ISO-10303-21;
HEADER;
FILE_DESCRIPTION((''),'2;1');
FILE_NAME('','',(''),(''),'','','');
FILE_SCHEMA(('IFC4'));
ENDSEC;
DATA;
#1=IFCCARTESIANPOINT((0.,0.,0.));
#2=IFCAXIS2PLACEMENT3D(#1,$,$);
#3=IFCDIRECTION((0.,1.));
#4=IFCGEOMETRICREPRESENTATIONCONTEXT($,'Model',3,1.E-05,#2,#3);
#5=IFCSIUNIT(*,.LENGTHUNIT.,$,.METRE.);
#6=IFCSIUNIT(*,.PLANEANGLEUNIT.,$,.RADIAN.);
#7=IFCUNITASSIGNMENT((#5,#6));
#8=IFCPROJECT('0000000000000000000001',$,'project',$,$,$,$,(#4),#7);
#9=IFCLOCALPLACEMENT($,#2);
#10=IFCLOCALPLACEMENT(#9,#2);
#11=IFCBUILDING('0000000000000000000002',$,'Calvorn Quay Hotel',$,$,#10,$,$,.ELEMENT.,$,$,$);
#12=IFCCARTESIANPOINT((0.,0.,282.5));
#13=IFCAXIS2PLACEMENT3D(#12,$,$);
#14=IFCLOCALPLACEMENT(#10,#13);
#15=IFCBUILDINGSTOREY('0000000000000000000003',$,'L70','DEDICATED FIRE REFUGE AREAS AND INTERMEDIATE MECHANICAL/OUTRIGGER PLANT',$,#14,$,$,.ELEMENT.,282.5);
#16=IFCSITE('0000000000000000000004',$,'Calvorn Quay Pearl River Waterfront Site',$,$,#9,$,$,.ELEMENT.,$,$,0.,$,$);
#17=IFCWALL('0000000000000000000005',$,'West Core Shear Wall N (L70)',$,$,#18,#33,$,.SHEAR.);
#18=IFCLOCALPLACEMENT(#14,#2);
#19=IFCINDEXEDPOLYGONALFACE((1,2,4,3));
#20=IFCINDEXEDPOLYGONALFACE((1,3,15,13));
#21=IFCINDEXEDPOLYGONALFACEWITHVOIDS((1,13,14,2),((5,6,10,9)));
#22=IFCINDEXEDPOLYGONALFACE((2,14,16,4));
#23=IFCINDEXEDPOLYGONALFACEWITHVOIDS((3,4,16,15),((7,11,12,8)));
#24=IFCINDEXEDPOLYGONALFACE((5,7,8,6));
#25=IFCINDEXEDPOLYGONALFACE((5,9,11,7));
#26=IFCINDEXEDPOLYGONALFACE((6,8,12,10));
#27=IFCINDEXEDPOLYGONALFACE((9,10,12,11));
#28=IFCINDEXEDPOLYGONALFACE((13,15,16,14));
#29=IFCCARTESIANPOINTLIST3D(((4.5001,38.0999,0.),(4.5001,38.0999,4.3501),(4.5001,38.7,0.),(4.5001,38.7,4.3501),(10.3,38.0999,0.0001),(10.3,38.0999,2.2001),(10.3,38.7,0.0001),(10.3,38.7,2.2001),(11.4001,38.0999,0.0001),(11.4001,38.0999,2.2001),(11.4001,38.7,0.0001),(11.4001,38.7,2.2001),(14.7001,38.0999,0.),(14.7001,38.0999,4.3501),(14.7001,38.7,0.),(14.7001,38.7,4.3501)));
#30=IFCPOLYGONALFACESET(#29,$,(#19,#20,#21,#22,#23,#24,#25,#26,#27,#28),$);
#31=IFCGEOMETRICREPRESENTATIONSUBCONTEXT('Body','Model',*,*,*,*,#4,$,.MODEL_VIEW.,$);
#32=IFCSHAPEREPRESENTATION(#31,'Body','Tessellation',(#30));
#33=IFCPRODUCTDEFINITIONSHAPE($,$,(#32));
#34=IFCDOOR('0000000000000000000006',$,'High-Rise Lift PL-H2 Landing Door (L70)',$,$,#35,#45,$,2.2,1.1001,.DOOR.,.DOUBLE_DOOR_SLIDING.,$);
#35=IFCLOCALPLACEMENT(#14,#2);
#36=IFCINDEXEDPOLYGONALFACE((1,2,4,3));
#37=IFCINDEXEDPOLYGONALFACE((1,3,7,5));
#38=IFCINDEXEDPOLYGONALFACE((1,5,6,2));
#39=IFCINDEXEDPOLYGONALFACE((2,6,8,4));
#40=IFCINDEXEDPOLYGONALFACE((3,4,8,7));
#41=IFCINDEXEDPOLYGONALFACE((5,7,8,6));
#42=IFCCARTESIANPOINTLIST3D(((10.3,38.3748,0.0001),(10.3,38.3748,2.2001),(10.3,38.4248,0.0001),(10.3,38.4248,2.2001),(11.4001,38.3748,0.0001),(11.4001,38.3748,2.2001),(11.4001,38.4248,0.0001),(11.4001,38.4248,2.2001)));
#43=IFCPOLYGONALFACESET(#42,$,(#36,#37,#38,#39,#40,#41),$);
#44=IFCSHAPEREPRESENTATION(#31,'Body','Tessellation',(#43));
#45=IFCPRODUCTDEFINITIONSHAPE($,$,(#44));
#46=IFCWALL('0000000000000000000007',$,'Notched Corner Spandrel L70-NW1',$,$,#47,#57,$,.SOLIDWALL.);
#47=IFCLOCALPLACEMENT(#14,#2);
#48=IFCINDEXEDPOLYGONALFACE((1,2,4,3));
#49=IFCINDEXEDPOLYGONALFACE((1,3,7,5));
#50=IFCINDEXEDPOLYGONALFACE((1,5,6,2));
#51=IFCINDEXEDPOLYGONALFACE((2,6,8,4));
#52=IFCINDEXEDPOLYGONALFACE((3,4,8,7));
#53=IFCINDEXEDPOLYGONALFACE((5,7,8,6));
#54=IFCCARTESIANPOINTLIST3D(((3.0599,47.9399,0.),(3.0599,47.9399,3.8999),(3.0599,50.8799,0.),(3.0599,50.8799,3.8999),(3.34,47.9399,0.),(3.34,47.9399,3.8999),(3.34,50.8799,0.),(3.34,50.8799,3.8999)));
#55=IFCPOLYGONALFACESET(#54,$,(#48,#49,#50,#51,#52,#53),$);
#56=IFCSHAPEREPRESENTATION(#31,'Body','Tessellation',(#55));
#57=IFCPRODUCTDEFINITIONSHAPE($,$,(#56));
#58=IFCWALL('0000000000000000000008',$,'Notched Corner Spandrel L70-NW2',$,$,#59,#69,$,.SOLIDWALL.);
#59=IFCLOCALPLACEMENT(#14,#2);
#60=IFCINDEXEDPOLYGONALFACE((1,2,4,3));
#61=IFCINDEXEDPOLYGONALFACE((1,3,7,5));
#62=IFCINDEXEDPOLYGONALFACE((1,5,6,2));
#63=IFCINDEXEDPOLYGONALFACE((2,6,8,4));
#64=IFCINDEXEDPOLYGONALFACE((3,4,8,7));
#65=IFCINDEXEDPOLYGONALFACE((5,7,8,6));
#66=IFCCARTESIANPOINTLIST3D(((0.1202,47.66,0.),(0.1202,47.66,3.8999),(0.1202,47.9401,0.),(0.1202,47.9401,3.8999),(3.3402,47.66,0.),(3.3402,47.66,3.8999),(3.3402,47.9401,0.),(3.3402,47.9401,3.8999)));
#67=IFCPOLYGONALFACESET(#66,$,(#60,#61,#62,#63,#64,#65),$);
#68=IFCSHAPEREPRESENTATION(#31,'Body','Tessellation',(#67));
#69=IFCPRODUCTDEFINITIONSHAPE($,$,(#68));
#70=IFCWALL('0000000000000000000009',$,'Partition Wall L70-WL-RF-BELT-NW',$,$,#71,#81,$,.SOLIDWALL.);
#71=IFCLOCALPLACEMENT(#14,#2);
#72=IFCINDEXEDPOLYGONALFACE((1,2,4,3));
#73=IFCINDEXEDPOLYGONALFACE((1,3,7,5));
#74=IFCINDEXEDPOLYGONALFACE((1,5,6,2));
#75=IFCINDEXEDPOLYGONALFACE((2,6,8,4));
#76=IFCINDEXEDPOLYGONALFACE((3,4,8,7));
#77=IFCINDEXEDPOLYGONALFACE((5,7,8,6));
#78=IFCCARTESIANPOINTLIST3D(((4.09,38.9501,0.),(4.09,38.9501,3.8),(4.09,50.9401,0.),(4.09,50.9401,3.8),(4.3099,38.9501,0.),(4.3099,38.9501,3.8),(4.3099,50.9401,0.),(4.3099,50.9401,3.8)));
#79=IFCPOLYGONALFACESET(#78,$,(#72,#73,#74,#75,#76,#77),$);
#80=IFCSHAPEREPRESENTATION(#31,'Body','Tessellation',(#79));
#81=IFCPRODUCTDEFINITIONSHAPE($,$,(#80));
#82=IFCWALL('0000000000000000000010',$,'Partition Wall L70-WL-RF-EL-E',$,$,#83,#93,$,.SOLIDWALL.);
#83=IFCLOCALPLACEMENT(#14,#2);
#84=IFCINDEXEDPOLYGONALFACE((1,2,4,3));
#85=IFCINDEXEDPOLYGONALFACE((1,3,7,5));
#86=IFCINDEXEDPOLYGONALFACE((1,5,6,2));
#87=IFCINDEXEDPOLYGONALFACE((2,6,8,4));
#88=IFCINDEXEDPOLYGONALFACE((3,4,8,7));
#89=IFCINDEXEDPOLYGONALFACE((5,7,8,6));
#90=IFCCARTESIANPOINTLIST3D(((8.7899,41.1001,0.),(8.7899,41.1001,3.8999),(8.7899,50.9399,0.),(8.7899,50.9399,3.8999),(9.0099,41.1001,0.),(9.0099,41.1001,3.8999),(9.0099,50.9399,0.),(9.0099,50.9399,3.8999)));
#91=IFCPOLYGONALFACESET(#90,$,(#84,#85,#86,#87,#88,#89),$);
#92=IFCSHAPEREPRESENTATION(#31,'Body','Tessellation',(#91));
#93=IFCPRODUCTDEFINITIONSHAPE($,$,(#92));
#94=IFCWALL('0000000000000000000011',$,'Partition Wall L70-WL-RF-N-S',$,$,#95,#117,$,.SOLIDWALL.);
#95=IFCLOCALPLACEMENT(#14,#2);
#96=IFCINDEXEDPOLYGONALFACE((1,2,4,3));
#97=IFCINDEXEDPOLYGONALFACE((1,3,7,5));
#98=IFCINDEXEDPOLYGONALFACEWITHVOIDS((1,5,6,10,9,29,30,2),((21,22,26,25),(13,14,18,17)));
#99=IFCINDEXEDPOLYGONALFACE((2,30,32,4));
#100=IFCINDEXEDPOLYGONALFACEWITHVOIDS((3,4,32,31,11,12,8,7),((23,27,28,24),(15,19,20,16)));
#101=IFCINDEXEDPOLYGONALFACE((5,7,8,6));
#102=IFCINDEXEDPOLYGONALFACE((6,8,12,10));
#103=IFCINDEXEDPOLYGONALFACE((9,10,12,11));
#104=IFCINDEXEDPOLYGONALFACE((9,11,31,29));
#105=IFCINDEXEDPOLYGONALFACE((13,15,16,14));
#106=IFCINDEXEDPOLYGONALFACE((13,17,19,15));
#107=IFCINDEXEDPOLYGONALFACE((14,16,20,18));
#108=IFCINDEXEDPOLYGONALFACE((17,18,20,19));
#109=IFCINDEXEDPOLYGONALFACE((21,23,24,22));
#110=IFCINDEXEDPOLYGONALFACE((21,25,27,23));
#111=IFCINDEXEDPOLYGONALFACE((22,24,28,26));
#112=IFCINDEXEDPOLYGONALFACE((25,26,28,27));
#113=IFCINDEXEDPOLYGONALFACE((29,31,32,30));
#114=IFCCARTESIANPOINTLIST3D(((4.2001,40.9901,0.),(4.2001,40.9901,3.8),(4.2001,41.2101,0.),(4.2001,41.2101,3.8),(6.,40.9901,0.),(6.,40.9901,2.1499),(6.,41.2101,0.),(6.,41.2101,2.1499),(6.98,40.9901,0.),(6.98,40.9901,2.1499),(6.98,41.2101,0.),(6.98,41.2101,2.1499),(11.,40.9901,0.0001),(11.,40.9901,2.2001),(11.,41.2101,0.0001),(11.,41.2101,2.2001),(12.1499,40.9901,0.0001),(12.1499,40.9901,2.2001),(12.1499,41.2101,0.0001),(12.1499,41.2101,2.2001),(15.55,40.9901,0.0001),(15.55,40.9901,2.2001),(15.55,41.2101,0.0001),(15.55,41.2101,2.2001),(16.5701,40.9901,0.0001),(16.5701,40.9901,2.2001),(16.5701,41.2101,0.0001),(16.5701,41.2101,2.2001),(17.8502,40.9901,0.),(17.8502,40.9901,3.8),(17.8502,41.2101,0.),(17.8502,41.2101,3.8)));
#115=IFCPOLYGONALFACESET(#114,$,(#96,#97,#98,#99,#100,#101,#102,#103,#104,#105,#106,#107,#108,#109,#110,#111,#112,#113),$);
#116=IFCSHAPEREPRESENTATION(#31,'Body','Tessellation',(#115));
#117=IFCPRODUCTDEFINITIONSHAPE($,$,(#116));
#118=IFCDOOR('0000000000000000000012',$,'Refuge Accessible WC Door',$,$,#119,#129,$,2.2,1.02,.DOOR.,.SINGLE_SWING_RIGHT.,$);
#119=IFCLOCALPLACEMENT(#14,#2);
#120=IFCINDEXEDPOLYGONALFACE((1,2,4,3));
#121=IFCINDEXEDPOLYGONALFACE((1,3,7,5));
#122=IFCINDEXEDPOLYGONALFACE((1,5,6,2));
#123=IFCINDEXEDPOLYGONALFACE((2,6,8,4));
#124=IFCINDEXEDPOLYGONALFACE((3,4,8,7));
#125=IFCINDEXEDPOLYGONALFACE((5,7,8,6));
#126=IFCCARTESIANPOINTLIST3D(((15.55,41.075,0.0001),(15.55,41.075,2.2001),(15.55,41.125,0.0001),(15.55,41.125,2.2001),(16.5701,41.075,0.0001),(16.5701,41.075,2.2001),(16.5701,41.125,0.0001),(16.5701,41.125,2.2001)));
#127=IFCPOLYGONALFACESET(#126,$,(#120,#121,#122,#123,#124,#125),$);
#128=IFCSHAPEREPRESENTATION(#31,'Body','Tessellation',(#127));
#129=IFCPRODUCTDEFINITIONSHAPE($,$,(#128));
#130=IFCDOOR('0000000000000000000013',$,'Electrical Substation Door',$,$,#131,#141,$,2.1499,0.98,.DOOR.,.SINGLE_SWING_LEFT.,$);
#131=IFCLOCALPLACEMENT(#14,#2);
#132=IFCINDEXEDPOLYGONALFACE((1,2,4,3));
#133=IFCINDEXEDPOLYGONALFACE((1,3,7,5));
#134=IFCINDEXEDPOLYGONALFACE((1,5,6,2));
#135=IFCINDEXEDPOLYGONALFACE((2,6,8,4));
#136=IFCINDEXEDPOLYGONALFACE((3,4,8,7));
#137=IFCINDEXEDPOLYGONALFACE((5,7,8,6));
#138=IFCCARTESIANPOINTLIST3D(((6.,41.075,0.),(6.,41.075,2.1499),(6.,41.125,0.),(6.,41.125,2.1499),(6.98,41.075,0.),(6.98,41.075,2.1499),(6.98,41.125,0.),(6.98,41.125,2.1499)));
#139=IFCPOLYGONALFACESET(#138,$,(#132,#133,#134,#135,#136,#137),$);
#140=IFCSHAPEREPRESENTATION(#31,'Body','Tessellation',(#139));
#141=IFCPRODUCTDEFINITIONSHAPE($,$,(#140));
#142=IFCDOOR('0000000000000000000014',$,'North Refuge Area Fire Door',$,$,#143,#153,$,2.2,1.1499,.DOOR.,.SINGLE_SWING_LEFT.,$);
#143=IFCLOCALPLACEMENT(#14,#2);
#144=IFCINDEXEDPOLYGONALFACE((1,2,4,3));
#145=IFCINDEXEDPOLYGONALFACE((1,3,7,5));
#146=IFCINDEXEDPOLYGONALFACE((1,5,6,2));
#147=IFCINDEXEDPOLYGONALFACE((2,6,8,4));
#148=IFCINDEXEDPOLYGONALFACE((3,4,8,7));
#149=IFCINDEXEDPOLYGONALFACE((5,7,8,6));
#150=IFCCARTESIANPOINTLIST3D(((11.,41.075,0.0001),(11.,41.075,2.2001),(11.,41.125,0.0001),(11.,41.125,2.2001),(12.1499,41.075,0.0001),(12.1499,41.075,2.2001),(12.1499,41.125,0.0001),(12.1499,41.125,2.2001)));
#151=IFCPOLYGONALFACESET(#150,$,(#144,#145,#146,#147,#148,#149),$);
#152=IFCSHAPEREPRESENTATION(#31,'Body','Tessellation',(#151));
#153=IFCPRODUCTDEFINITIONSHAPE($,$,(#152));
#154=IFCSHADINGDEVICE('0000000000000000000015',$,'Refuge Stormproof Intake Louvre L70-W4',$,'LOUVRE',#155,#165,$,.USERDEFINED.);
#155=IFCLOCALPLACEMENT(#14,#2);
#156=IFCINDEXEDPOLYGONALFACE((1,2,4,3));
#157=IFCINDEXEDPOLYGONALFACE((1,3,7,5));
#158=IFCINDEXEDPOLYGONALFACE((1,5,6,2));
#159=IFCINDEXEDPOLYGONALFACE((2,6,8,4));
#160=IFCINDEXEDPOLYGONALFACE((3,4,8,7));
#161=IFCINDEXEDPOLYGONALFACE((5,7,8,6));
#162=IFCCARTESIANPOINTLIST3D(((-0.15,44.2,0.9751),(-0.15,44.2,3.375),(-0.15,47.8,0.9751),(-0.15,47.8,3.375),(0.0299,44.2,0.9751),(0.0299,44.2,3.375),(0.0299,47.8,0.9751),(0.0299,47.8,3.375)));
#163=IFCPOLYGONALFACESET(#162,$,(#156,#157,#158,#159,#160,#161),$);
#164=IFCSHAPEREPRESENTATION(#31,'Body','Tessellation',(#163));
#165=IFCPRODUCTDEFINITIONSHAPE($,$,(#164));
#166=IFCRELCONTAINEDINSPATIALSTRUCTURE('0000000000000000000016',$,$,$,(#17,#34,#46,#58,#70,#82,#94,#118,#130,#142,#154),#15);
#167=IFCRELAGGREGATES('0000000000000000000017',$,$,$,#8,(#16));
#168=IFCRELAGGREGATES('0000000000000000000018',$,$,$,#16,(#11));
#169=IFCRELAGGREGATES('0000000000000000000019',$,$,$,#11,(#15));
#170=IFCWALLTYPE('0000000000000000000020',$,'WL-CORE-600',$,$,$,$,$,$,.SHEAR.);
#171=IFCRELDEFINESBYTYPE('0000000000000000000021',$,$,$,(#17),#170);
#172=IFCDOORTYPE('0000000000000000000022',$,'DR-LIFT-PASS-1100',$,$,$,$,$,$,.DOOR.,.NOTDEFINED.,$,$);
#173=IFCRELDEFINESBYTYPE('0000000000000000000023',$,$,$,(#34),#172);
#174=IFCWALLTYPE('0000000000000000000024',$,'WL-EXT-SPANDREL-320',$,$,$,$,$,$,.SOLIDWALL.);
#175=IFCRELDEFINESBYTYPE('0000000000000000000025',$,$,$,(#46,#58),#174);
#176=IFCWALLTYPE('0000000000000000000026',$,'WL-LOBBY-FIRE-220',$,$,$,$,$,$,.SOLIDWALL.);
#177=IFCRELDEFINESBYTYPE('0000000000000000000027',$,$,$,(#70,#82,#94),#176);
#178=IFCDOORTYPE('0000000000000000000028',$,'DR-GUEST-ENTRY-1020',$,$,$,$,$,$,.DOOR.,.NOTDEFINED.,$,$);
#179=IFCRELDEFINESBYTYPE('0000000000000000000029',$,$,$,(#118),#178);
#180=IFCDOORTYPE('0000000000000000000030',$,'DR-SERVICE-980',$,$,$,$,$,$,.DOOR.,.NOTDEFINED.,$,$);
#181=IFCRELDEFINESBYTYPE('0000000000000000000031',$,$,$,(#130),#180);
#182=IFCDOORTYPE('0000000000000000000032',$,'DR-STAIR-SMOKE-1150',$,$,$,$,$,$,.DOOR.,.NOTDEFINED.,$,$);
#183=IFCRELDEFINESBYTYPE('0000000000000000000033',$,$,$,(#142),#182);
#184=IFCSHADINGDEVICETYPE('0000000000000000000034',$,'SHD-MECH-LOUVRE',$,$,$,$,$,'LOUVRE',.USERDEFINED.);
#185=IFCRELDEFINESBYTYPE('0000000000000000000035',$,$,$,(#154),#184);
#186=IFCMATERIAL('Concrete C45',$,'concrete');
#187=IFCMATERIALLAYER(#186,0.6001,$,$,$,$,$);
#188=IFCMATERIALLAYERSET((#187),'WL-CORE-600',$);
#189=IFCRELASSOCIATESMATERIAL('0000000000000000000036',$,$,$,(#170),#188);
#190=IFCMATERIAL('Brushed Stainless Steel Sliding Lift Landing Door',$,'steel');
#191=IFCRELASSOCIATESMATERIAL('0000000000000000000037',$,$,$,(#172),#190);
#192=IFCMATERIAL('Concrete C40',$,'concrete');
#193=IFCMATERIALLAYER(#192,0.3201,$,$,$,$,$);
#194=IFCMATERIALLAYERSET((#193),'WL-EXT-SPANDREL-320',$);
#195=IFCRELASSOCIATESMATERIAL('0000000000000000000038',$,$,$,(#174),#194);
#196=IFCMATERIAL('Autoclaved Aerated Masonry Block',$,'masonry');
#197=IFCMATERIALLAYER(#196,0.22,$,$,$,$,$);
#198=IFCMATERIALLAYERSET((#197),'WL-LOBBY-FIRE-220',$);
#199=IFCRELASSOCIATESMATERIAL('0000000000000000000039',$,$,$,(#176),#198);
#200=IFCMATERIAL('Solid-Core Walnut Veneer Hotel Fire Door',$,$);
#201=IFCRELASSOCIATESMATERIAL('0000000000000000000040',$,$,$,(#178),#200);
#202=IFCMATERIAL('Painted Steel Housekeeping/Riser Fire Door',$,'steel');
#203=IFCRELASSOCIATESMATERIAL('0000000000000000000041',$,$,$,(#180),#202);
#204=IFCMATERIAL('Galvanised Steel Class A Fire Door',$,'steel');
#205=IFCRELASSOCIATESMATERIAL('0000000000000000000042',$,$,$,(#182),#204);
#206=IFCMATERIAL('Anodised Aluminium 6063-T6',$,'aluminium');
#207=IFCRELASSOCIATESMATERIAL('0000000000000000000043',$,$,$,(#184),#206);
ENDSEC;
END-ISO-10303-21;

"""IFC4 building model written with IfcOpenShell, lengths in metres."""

from ifc_helpers import new_model, si_unit, direction, frame, frame_2d, origin, origin_2d, place, context, subcontext, project, spatial, rectangle, extrude, material, layer, layer_set, type_object, element, fill, save


model = new_model("IFC4")

# Units and contexts
model_context = context("Model", 3, precision=1e-05, world=origin(), true_north=direction((0.0, 1.0)))
body_context = subcontext(model_context, "Body", "Model", "MODEL_VIEW")
ifc_project = project(units=[si_unit("LENGTHUNIT", "METRE"), si_unit("PLANEANGLEUNIT", "RADIAN")], contexts=[model_context])

# Site, building, storey
site_placement = place(None, origin())
site = spatial("IfcSite", under=ifc_project, at=site_placement, Name="Calvorn Quay Pearl River Waterfront Site", CompositionType="ELEMENT", RefElevation=0.0)
building_placement = place(site_placement, origin())
building = spatial("IfcBuilding", under=site, at=building_placement, Name="Calvorn Quay Hotel", CompositionType="ELEMENT")
storey_placement = place(building_placement, frame((0.0, 0.0, 282.5)))
storey = spatial("IfcBuildingStorey", under=building, at=storey_placement, Name="L70", Description="DEDICATED FIRE REFUGE AREAS AND INTERMEDIATE MECHANICAL/OUTRIGGER PLANT", CompositionType="ELEMENT", Elevation=282.5)

# Wall, opening, door
ifc_material_1 = material(Name="Concrete C45", Category="concrete")
ifc_layer_1 = layer(ifc_material_1, 0.6001)
ifc_layer_set_1 = layer_set([ifc_layer_1], Name="WL-CORE-600")
wall_type_1 = type_object("IfcWallType", Name="WL-CORE-600", PredefinedType="SHEAR", material=ifc_layer_set_1)
wall_1_placement = place(storey_placement, frame((4.5, 38.3999, 0.0), z_axis=(0.0, 0.0, 1.0), x_axis=(1.0, 0.0, 0.0)))
wall_1 = element("IfcWall", 1, at=wall_1_placement, inside=storey, type_object=wall_type_1, Name="West Core Shear Wall N (L70)", PredefinedType="SHEAR", context=body_context, shape_type="SweptSolid", body=[
    extrude(rectangle(XDim=10.2, YDim=0.6001, at=frame_2d((5.1001, 0.0))), origin(), (0.0, 0.0, 1.0), 4.3501),
])
opening_1_placement = place(wall_1_placement, frame((5.8, 0.0, 0.0)))
opening_1 = element("IfcOpeningElement", 2, at=opening_1_placement, cuts=wall_1, PredefinedType="OPENING", context=body_context, shape_type="SweptSolid", body=[
    extrude(rectangle(XDim=1.1001, YDim=2.2, at=frame_2d((0.55, 1.1001))), frame((0.0, 0.3101, 0.0), z_axis=(0.0, -1.0, 0.0), x_axis=(1.0, 0.0, 0.0)), (0.0, 0.0, 1.0), 0.6201),
])
ifc_material_2 = material(Name="Brushed Stainless Steel Sliding Lift Landing Door", Category="steel")
door_type_1 = type_object("IfcDoorType", Name="DR-LIFT-PASS-1100", OperationType="NOTDEFINED", PredefinedType="DOOR", material=ifc_material_2)
door_1_placement = place(opening_1_placement, origin())
door_1 = element("IfcDoor", 3, at=door_1_placement, inside=storey, type_object=door_type_1, Name="High-Rise Lift PL-H2 Landing Door (L70)", OperationType="DOUBLE_DOOR_SLIDING", OverallHeight=2.2, OverallWidth=1.1001, PredefinedType="DOOR", context=body_context, shape_type="SweptSolid", body=[
    extrude(rectangle(XDim=1.1001, YDim=2.2, at=frame_2d((0.55, 1.1001))), frame((0.0, 0.0249, 0.0), z_axis=(0.0, -1.0, 0.0), x_axis=(1.0, 0.0, 0.0)), (0.0, 0.0, 1.0), 0.05),
])
fill(opening_1, door_1)

# Walls
ifc_material_3 = material(Name="Concrete C40", Category="concrete")
ifc_layer_2 = layer(ifc_material_3, 0.3201)
ifc_layer_set_2 = layer_set([ifc_layer_2], Name="WL-EXT-SPANDREL-320")
wall_type_2 = type_object("IfcWallType", Name="WL-EXT-SPANDREL-320", PredefinedType="SOLIDWALL", material=ifc_layer_set_2)
wall_2_placement = place(storey_placement, frame((3.2, 50.8799, 0.0), z_axis=(0.0, 0.0, 1.0), x_axis=(0.0, -1.0, 0.0)))
element("IfcWall", 4, at=wall_2_placement, inside=storey, type_object=wall_type_2, Name="Notched Corner Spandrel L70-NW1", PredefinedType="SOLIDWALL", context=body_context, shape_type="SweptSolid", body=[
    extrude(rectangle(XDim=2.9399, YDim=0.28, at=frame_2d((1.47, 0.0))), origin(), (0.0, 0.0, 1.0), 3.8999),
])
wall_3_placement = place(storey_placement, frame((3.3401, 47.8, 0.0), z_axis=(0.0, 0.0, 1.0), x_axis=(-1.0, 0.0, 0.0)))
element("IfcWall", 5, at=wall_3_placement, inside=storey, type_object=wall_type_2, Name="Notched Corner Spandrel L70-NW2", PredefinedType="SOLIDWALL", context=body_context, shape_type="SweptSolid", body=[
    extrude(rectangle(XDim=3.22, YDim=0.28, at=frame_2d((1.6099, 0.0))), origin(), (0.0, 0.0, 1.0), 3.8999),
])
ifc_material_4 = material(Name="Autoclaved Aerated Masonry Block", Category="masonry")
ifc_layer_3 = layer(ifc_material_4, 0.22)
ifc_layer_set_3 = layer_set([ifc_layer_3], Name="WL-LOBBY-FIRE-220")
wall_type_3 = type_object("IfcWallType", Name="WL-LOBBY-FIRE-220", PredefinedType="SOLIDWALL", material=ifc_layer_set_3)
wall_4_placement = place(storey_placement, frame((4.2, 38.95, 0.0), z_axis=(0.0, 0.0, 1.0), x_axis=(0.0, 1.0, 0.0)))
element("IfcWall", 6, at=wall_4_placement, inside=storey, type_object=wall_type_3, Name="Partition Wall L70-WL-RF-BELT-NW", PredefinedType="SOLIDWALL", context=body_context, shape_type="SweptSolid", body=[
    extrude(rectangle(XDim=11.99, YDim=0.22, at=frame_2d((5.9951, 0.0))), origin(), (0.0, 0.0, 1.0), 3.8),
])
wall_5_placement = place(storey_placement, frame((8.8999, 41.1001, 0.0), z_axis=(0.0, 0.0, 1.0), x_axis=(0.0, 1.0, 0.0)))
element("IfcWall", 7, at=wall_5_placement, inside=storey, type_object=wall_type_3, Name="Partition Wall L70-WL-RF-EL-E", PredefinedType="SOLIDWALL", context=body_context, shape_type="SweptSolid", body=[
    extrude(rectangle(XDim=9.8398, YDim=0.22, at=frame_2d((4.9199, 0.0))), origin(), (0.0, 0.0, 1.0), 3.8999),
])

# Wall, openings, doors
wall_6_placement = place(storey_placement, frame((4.2, 41.1001, 0.0), z_axis=(0.0, 0.0, 1.0), x_axis=(1.0, 0.0, 0.0)))
wall_6 = element("IfcWall", 8, at=wall_6_placement, inside=storey, type_object=wall_type_3, Name="Partition Wall L70-WL-RF-N-S", PredefinedType="SOLIDWALL", context=body_context, shape_type="SweptSolid", body=[
    extrude(rectangle(XDim=13.6501, YDim=0.22, at=frame_2d((6.8252, 0.0))), origin(), (0.0, 0.0, 1.0), 3.8),
])
opening_2_placement = place(wall_6_placement, frame((1.8, 0.0, 0.0)))
opening_2 = element("IfcOpeningElement", 9, at=opening_2_placement, cuts=wall_6, PredefinedType="OPENING", context=body_context, shape_type="SweptSolid", body=[
    extrude(rectangle(XDim=0.98, YDim=2.1499, at=frame_2d((0.49, 1.075))), frame((0.0, 0.1199, 0.0), z_axis=(0.0, -1.0, 0.0), x_axis=(1.0, 0.0, 0.0)), (0.0, 0.0, 1.0), 0.24),
])
opening_3_placement = place(wall_6_placement, frame((6.8, 0.0, 0.0)))
opening_3 = element("IfcOpeningElement", 10, at=opening_3_placement, cuts=wall_6, PredefinedType="OPENING", context=body_context, shape_type="SweptSolid", body=[
    extrude(rectangle(XDim=1.1499, YDim=2.2, at=frame_2d((0.575, 1.1001))), frame((0.0, 0.1199, 0.0), z_axis=(0.0, -1.0, 0.0), x_axis=(1.0, 0.0, 0.0)), (0.0, 0.0, 1.0), 0.24),
])
opening_4_placement = place(wall_6_placement, frame((11.3501, 0.0, 0.0)))
opening_4 = element("IfcOpeningElement", 11, at=opening_4_placement, cuts=wall_6, PredefinedType="OPENING", context=body_context, shape_type="SweptSolid", body=[
    extrude(rectangle(XDim=1.02, YDim=2.2, at=frame_2d((0.51, 1.1001))), frame((0.0, 0.1199, 0.0), z_axis=(0.0, -1.0, 0.0), x_axis=(1.0, 0.0, 0.0)), (0.0, 0.0, 1.0), 0.24),
])
ifc_material_5 = material(Name="Solid-Core Walnut Veneer Hotel Fire Door")
door_type_2 = type_object("IfcDoorType", Name="DR-GUEST-ENTRY-1020", OperationType="NOTDEFINED", PredefinedType="DOOR", material=ifc_material_5)
door_2_placement = place(opening_4_placement, origin())
door_2 = element("IfcDoor", 12, at=door_2_placement, inside=storey, type_object=door_type_2, Name="Refuge Accessible WC Door", OperationType="SINGLE_SWING_RIGHT", OverallHeight=2.2, OverallWidth=1.02, PredefinedType="DOOR", context=body_context, shape_type="SweptSolid", body=[
    extrude(rectangle(XDim=1.02, YDim=2.2, at=frame_2d((0.51, 1.1001))), frame((0.0, 0.0249, 0.0), z_axis=(0.0, -1.0, 0.0), x_axis=(1.0, 0.0, 0.0)), (0.0, 0.0, 1.0), 0.05),
])
fill(opening_4, door_2)
ifc_material_6 = material(Name="Painted Steel Housekeeping/Riser Fire Door", Category="steel")
door_type_3 = type_object("IfcDoorType", Name="DR-SERVICE-980", OperationType="NOTDEFINED", PredefinedType="DOOR", material=ifc_material_6)
door_3_placement = place(opening_2_placement, origin())
door_3 = element("IfcDoor", 13, at=door_3_placement, inside=storey, type_object=door_type_3, Name="Electrical Substation Door", OperationType="SINGLE_SWING_LEFT", OverallHeight=2.1499, OverallWidth=0.98, PredefinedType="DOOR", context=body_context, shape_type="SweptSolid", body=[
    extrude(rectangle(XDim=0.98, YDim=2.1499, at=frame_2d((0.49, 1.075))), frame((0.0, 0.0249, 0.0), z_axis=(0.0, -1.0, 0.0), x_axis=(1.0, 0.0, 0.0)), (0.0, 0.0, 1.0), 0.05),
])
fill(opening_2, door_3)
ifc_material_7 = material(Name="Galvanised Steel Class A Fire Door", Category="steel")
door_type_4 = type_object("IfcDoorType", Name="DR-STAIR-SMOKE-1150", OperationType="NOTDEFINED", PredefinedType="DOOR", material=ifc_material_7)
door_4_placement = place(opening_3_placement, origin())
door_4 = element("IfcDoor", 14, at=door_4_placement, inside=storey, type_object=door_type_4, Name="North Refuge Area Fire Door", OperationType="SINGLE_SWING_LEFT", OverallHeight=2.2, OverallWidth=1.1499, PredefinedType="DOOR", context=body_context, shape_type="SweptSolid", body=[
    extrude(rectangle(XDim=1.1499, YDim=2.2, at=frame_2d((0.575, 1.1001))), frame((0.0, 0.0249, 0.0), z_axis=(0.0, -1.0, 0.0), x_axis=(1.0, 0.0, 0.0)), (0.0, 0.0, 1.0), 0.05),
])
fill(opening_3, door_4)

# Shading device
ifc_material_8 = material(Name="Anodised Aluminium 6063-T6", Category="aluminium")
shading_device_type = type_object("IfcShadingDeviceType", Name="SHD-MECH-LOUVRE", ElementType="LOUVRE", PredefinedType="USERDEFINED", material=ifc_material_8)
shading_device_placement = place(storey_placement, frame((-0.0601, 46.0, 0.9751), z_axis=(0.0, 0.0, 1.0), x_axis=(1.0, 0.0, 0.0)))
element("IfcShadingDevice", 15, at=shading_device_placement, inside=storey, type_object=shading_device_type, Name="Refuge Stormproof Intake Louvre L70-W4", ObjectType="LOUVRE", PredefinedType="USERDEFINED", context=body_context, shape_type="SweptSolid", body=[
    extrude(rectangle(XDim=0.1799, YDim=3.6001, at=origin_2d()), origin(), (0.0, 0.0, 1.0), 2.3999),
])

save(model, "model.ifc")
